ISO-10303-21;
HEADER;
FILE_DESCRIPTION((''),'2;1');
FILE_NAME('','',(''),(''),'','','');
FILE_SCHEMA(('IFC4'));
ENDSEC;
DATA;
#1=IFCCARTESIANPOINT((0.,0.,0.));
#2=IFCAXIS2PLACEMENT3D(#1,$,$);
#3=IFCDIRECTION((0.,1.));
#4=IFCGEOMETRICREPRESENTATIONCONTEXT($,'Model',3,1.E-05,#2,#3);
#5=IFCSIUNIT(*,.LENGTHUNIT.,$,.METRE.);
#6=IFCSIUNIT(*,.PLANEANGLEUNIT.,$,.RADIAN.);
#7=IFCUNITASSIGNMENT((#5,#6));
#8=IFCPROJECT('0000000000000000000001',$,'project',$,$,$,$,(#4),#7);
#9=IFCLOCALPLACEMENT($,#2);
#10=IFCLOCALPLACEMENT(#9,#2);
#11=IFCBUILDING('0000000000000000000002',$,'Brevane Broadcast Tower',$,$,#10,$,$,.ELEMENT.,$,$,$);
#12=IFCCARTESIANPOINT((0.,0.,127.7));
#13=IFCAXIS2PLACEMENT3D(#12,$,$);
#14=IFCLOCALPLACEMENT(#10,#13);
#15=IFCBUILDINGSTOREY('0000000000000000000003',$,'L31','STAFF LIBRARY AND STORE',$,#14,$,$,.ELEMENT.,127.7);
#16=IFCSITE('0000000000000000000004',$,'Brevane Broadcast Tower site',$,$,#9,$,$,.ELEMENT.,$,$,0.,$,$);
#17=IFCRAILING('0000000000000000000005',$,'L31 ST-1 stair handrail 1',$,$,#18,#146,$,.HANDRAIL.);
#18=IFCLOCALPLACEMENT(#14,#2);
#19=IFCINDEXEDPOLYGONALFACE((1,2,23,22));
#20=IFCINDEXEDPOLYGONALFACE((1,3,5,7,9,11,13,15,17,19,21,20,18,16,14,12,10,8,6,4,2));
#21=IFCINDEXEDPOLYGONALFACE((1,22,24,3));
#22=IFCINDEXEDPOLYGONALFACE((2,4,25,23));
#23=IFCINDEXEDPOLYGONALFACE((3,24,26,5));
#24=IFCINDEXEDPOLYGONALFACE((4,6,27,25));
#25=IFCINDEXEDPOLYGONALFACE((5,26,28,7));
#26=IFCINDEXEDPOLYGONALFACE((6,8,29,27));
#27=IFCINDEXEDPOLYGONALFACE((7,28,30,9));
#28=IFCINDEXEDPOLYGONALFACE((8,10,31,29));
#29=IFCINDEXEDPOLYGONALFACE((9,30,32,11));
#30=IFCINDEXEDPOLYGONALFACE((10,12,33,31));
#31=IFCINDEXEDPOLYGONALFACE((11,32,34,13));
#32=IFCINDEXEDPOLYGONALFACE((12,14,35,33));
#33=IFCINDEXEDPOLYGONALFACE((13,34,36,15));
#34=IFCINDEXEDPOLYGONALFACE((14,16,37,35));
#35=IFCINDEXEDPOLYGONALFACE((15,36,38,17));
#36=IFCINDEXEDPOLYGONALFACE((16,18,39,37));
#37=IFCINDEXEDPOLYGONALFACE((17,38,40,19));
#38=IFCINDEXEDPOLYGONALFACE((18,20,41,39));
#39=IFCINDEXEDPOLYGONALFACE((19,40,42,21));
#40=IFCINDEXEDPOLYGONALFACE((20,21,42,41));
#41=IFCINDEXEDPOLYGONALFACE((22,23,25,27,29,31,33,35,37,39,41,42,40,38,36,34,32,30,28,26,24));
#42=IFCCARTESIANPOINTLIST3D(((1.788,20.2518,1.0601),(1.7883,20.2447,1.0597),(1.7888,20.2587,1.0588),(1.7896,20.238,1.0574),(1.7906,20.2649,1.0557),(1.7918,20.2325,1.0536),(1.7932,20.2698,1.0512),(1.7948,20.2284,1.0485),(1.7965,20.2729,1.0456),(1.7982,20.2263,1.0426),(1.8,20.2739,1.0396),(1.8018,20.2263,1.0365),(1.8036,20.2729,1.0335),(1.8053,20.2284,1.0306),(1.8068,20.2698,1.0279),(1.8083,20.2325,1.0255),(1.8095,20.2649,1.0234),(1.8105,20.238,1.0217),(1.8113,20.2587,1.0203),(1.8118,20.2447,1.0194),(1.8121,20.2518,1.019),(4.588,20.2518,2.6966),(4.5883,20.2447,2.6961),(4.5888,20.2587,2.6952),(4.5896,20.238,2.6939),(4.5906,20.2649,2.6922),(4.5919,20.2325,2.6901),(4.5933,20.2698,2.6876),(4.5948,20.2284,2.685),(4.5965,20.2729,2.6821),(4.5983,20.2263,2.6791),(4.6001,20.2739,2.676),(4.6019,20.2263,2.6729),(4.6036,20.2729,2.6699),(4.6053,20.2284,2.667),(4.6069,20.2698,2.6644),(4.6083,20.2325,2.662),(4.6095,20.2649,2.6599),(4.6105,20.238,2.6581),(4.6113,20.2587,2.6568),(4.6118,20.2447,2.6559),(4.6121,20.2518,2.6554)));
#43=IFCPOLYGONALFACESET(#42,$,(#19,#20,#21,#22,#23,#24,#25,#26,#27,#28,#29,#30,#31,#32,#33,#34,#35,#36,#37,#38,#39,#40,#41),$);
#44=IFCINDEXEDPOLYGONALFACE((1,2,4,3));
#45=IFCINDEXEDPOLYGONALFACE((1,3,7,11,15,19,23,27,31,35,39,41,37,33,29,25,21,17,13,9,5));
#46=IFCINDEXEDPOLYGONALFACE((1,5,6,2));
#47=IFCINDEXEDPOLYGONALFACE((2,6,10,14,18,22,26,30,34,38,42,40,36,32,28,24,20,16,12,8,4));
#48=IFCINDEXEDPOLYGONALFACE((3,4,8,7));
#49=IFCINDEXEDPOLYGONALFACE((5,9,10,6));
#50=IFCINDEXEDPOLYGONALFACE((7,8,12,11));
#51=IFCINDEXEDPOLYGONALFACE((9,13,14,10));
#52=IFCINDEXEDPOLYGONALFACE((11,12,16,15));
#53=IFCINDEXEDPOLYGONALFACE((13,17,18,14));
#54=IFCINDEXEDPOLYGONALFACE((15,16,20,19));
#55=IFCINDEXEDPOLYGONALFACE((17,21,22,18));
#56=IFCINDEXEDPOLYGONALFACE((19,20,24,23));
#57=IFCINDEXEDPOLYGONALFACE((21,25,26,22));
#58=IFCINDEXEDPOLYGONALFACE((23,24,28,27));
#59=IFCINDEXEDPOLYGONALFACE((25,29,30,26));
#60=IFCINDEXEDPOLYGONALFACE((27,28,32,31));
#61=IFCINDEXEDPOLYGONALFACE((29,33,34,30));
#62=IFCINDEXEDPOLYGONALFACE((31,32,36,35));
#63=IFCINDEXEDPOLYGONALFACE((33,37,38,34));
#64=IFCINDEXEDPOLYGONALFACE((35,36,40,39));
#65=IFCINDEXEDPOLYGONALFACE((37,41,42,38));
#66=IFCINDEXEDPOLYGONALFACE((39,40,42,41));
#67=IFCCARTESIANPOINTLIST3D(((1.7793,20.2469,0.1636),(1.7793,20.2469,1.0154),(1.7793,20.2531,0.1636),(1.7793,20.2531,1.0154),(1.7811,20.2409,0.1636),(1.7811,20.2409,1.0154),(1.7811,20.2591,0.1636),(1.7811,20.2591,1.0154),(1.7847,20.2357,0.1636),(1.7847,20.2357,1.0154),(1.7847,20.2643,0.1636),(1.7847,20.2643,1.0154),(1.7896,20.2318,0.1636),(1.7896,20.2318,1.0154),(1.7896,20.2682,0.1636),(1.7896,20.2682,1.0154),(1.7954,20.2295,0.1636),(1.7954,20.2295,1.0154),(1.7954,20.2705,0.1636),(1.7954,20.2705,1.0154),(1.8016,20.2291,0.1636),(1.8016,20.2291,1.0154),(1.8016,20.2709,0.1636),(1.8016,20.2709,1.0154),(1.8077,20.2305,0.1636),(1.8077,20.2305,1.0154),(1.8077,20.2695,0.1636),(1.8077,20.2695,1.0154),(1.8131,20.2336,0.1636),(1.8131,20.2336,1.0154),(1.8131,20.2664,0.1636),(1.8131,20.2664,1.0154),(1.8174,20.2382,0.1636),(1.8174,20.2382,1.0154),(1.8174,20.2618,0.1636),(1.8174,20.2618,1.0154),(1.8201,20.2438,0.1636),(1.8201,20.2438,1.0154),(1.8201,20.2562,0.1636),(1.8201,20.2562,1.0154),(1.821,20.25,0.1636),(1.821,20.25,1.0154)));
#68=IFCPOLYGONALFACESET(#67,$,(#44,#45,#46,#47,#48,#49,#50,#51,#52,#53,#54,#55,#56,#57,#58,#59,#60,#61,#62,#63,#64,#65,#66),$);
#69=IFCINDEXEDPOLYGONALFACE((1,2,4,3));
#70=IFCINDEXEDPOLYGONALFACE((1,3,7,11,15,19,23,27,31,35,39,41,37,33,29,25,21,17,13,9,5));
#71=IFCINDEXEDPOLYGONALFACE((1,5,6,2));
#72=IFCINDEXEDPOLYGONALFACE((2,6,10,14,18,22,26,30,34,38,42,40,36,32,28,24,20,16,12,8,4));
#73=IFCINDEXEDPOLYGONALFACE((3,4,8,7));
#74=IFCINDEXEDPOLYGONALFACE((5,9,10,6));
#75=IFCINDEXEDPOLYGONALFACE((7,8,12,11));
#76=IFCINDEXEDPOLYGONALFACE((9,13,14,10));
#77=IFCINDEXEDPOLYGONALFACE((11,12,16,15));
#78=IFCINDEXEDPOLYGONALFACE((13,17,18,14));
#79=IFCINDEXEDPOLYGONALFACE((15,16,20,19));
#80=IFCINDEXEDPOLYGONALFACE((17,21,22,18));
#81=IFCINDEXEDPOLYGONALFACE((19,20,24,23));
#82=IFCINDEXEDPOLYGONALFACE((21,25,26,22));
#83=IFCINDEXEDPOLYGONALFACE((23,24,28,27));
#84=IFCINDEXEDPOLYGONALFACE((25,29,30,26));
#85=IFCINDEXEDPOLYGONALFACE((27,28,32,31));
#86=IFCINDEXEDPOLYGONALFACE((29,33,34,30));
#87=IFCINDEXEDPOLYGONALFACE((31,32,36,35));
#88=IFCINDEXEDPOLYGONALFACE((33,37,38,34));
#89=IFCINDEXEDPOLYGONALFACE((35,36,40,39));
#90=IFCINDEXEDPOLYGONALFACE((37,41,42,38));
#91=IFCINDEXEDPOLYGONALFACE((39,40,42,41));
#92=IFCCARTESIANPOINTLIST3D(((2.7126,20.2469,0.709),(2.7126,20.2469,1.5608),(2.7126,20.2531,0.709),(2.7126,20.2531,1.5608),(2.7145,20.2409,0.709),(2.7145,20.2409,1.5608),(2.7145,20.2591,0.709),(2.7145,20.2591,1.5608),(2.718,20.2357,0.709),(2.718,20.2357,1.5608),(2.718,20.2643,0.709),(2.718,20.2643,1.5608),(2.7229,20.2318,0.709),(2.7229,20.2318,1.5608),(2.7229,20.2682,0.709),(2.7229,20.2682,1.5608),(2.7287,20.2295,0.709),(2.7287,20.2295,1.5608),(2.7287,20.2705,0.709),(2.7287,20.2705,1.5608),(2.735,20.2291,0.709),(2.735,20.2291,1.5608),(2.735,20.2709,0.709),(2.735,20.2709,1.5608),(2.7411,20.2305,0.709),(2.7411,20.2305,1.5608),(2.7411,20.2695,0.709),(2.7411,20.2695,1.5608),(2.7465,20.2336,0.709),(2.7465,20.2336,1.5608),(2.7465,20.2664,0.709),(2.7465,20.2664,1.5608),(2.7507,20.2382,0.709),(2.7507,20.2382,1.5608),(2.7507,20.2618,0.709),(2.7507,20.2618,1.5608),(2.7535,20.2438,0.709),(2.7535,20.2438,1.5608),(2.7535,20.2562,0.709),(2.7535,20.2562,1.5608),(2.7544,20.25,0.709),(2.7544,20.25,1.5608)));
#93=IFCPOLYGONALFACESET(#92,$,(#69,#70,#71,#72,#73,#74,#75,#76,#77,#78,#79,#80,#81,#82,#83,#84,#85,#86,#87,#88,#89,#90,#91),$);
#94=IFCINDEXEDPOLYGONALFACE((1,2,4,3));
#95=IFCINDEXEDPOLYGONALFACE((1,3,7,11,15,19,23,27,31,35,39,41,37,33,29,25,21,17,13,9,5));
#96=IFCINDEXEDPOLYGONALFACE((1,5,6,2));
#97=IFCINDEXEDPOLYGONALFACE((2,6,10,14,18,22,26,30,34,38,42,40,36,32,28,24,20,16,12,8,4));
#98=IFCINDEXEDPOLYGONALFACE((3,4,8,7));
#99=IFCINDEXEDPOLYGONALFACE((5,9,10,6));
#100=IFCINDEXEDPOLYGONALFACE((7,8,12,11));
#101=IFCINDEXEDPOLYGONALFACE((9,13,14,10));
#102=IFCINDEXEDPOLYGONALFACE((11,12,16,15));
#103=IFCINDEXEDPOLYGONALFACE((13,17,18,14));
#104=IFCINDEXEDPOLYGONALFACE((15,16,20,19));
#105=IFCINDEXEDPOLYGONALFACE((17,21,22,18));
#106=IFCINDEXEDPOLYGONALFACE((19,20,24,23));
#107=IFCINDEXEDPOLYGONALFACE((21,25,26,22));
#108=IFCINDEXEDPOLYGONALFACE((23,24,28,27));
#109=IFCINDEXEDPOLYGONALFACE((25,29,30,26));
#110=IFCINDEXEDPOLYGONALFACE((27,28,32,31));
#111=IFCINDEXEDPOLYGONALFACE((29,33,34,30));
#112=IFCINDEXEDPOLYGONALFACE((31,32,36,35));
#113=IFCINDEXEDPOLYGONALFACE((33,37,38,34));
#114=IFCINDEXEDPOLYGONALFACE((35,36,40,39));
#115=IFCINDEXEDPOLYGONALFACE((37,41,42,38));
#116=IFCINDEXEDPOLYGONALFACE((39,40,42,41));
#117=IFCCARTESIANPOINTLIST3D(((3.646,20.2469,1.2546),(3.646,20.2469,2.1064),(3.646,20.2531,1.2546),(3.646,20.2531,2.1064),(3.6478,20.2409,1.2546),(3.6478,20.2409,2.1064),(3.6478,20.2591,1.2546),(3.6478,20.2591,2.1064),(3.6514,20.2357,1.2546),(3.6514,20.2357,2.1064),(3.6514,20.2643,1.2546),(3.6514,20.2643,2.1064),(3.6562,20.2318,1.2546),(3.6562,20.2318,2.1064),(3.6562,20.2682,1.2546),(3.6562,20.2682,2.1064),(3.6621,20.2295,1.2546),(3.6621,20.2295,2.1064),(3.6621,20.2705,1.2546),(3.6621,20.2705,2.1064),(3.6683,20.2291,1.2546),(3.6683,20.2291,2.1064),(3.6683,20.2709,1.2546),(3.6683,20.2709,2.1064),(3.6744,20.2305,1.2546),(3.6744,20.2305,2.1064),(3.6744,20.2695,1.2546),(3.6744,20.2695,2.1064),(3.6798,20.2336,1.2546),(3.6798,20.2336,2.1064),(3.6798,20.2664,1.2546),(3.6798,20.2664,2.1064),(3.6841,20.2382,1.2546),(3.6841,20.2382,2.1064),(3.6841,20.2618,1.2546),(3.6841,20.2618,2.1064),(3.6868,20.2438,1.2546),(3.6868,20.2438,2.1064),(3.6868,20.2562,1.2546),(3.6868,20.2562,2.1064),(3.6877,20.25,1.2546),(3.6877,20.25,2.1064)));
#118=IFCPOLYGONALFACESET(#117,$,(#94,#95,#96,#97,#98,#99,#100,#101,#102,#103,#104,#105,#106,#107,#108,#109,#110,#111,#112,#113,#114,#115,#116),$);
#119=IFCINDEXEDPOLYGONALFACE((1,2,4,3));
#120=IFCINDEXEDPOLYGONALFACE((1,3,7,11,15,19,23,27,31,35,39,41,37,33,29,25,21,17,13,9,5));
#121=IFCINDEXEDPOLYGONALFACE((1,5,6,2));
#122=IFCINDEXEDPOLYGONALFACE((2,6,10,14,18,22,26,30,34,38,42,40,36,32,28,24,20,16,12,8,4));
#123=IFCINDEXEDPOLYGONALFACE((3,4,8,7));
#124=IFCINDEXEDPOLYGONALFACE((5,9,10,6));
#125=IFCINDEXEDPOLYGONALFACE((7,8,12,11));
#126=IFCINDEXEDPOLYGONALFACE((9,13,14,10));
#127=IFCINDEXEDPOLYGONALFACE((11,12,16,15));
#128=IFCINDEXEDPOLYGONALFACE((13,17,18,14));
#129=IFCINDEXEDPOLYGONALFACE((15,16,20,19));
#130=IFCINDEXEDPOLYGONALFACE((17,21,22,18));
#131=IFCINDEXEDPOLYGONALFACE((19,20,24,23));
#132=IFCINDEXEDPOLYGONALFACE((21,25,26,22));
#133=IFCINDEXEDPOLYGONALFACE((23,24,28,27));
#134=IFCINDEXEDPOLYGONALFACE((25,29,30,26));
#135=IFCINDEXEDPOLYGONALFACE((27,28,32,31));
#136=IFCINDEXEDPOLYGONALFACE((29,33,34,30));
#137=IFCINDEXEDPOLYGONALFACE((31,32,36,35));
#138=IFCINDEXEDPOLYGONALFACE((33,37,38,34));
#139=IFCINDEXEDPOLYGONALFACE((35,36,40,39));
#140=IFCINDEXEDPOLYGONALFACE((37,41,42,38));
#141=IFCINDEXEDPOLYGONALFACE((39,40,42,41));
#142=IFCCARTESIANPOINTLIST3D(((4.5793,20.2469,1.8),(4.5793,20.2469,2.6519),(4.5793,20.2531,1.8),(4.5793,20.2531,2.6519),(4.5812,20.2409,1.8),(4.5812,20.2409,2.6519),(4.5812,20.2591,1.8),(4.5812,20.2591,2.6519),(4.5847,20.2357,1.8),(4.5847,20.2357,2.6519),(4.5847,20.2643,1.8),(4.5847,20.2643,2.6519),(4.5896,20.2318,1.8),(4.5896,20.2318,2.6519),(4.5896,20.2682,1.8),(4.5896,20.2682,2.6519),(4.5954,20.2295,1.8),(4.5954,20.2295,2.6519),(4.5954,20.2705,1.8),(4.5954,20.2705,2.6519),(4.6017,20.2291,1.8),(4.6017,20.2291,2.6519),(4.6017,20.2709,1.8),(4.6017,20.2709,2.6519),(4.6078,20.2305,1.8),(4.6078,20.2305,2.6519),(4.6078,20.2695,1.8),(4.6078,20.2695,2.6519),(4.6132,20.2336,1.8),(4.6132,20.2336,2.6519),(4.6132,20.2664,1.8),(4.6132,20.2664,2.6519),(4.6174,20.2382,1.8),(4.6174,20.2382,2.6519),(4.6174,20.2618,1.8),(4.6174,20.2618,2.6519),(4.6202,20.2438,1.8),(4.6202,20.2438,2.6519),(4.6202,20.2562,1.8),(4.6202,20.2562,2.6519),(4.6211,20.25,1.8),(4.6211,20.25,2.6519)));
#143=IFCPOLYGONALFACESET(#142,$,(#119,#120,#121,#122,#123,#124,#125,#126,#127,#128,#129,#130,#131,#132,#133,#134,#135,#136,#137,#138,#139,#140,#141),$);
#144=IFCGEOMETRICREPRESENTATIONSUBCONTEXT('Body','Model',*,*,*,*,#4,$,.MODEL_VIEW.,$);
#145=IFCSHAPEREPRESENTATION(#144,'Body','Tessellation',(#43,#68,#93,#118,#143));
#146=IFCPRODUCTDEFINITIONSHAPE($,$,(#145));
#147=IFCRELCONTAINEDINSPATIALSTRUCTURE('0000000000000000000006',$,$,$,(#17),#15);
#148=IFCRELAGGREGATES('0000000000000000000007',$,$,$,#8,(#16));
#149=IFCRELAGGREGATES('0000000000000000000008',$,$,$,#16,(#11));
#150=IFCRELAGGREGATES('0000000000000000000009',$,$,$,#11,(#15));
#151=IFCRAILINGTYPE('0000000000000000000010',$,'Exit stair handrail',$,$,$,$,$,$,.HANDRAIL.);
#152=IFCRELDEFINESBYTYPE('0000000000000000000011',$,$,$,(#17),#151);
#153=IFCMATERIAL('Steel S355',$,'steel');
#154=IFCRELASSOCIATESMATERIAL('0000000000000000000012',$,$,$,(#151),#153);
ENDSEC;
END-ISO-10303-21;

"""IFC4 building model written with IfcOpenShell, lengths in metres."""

from ifc_helpers import new_model, si_unit, direction, frame, origin, origin_2d, place, context, subcontext, project, spatial, circle, extrude, material, type_object, element, save


model = new_model("IFC4")

# Units and contexts
model_context = context("Model", 3, precision=1e-05, world=origin(), true_north=direction((0.0, 1.0)))
body_context = subcontext(model_context, "Body", "Model", "MODEL_VIEW")
ifc_project = project(units=[si_unit("LENGTHUNIT", "METRE"), si_unit("PLANEANGLEUNIT", "RADIAN")], contexts=[model_context])

# Site, building, storey
site_placement = place(None, origin())
site = spatial("IfcSite", under=ifc_project, at=site_placement, Name="Brevane Broadcast Tower site", CompositionType="ELEMENT", RefElevation=0.0)
building_placement = place(site_placement, origin())
building = spatial("IfcBuilding", under=site, at=building_placement, Name="Brevane Broadcast Tower", CompositionType="ELEMENT")
storey_placement = place(building_placement, frame((0.0, 0.0, 127.7)))
storey = spatial("IfcBuildingStorey", under=building, at=storey_placement, Name="L31", Description="STAFF LIBRARY AND STORE", CompositionType="ELEMENT", Elevation=127.7)

# Railing
ifc_material_1 = material(Name="Steel S355", Category="steel")
railing_type = type_object("IfcRailingType", Name="Exit stair handrail", PredefinedType="HANDRAIL", material=ifc_material_1)
railing_placement = place(storey_placement, frame((1.8, 20.25, 0.1636)))
element("IfcRailing", 1, at=railing_placement, inside=storey, type_object=railing_type, Name="L31 ST-1 stair handrail 1", PredefinedType="HANDRAIL", context=body_context, shape_type="SweptSolid", body=[
    extrude(circle(Radius=0.0239, at=origin_2d()), frame((0.0, 0.0, 0.876), z_axis=(0.863361, 0.0, 0.504587), x_axis=(0.0, 1.0, 0.0)), (0.0, 0.0, 1.0), 3.2432),
    extrude(circle(Radius=0.021, at=origin_2d()), origin(), (0.0, 0.0, 1.0), 0.8518),
    extrude(circle(Radius=0.021, at=origin_2d()), frame((0.9333, 0.0, 0.5454)), (0.0, 0.0, 1.0), 0.8518),
    extrude(circle(Radius=0.021, at=origin_2d()), frame((1.8667, 0.0, 1.0911)), (0.0, 0.0, 1.0), 0.8518),
    extrude(circle(Radius=0.021, at=origin_2d()), frame((2.8, 0.0, 1.6365)), (0.0, 0.0, 1.0), 0.8518),
])

save(model, "model.ifc")
